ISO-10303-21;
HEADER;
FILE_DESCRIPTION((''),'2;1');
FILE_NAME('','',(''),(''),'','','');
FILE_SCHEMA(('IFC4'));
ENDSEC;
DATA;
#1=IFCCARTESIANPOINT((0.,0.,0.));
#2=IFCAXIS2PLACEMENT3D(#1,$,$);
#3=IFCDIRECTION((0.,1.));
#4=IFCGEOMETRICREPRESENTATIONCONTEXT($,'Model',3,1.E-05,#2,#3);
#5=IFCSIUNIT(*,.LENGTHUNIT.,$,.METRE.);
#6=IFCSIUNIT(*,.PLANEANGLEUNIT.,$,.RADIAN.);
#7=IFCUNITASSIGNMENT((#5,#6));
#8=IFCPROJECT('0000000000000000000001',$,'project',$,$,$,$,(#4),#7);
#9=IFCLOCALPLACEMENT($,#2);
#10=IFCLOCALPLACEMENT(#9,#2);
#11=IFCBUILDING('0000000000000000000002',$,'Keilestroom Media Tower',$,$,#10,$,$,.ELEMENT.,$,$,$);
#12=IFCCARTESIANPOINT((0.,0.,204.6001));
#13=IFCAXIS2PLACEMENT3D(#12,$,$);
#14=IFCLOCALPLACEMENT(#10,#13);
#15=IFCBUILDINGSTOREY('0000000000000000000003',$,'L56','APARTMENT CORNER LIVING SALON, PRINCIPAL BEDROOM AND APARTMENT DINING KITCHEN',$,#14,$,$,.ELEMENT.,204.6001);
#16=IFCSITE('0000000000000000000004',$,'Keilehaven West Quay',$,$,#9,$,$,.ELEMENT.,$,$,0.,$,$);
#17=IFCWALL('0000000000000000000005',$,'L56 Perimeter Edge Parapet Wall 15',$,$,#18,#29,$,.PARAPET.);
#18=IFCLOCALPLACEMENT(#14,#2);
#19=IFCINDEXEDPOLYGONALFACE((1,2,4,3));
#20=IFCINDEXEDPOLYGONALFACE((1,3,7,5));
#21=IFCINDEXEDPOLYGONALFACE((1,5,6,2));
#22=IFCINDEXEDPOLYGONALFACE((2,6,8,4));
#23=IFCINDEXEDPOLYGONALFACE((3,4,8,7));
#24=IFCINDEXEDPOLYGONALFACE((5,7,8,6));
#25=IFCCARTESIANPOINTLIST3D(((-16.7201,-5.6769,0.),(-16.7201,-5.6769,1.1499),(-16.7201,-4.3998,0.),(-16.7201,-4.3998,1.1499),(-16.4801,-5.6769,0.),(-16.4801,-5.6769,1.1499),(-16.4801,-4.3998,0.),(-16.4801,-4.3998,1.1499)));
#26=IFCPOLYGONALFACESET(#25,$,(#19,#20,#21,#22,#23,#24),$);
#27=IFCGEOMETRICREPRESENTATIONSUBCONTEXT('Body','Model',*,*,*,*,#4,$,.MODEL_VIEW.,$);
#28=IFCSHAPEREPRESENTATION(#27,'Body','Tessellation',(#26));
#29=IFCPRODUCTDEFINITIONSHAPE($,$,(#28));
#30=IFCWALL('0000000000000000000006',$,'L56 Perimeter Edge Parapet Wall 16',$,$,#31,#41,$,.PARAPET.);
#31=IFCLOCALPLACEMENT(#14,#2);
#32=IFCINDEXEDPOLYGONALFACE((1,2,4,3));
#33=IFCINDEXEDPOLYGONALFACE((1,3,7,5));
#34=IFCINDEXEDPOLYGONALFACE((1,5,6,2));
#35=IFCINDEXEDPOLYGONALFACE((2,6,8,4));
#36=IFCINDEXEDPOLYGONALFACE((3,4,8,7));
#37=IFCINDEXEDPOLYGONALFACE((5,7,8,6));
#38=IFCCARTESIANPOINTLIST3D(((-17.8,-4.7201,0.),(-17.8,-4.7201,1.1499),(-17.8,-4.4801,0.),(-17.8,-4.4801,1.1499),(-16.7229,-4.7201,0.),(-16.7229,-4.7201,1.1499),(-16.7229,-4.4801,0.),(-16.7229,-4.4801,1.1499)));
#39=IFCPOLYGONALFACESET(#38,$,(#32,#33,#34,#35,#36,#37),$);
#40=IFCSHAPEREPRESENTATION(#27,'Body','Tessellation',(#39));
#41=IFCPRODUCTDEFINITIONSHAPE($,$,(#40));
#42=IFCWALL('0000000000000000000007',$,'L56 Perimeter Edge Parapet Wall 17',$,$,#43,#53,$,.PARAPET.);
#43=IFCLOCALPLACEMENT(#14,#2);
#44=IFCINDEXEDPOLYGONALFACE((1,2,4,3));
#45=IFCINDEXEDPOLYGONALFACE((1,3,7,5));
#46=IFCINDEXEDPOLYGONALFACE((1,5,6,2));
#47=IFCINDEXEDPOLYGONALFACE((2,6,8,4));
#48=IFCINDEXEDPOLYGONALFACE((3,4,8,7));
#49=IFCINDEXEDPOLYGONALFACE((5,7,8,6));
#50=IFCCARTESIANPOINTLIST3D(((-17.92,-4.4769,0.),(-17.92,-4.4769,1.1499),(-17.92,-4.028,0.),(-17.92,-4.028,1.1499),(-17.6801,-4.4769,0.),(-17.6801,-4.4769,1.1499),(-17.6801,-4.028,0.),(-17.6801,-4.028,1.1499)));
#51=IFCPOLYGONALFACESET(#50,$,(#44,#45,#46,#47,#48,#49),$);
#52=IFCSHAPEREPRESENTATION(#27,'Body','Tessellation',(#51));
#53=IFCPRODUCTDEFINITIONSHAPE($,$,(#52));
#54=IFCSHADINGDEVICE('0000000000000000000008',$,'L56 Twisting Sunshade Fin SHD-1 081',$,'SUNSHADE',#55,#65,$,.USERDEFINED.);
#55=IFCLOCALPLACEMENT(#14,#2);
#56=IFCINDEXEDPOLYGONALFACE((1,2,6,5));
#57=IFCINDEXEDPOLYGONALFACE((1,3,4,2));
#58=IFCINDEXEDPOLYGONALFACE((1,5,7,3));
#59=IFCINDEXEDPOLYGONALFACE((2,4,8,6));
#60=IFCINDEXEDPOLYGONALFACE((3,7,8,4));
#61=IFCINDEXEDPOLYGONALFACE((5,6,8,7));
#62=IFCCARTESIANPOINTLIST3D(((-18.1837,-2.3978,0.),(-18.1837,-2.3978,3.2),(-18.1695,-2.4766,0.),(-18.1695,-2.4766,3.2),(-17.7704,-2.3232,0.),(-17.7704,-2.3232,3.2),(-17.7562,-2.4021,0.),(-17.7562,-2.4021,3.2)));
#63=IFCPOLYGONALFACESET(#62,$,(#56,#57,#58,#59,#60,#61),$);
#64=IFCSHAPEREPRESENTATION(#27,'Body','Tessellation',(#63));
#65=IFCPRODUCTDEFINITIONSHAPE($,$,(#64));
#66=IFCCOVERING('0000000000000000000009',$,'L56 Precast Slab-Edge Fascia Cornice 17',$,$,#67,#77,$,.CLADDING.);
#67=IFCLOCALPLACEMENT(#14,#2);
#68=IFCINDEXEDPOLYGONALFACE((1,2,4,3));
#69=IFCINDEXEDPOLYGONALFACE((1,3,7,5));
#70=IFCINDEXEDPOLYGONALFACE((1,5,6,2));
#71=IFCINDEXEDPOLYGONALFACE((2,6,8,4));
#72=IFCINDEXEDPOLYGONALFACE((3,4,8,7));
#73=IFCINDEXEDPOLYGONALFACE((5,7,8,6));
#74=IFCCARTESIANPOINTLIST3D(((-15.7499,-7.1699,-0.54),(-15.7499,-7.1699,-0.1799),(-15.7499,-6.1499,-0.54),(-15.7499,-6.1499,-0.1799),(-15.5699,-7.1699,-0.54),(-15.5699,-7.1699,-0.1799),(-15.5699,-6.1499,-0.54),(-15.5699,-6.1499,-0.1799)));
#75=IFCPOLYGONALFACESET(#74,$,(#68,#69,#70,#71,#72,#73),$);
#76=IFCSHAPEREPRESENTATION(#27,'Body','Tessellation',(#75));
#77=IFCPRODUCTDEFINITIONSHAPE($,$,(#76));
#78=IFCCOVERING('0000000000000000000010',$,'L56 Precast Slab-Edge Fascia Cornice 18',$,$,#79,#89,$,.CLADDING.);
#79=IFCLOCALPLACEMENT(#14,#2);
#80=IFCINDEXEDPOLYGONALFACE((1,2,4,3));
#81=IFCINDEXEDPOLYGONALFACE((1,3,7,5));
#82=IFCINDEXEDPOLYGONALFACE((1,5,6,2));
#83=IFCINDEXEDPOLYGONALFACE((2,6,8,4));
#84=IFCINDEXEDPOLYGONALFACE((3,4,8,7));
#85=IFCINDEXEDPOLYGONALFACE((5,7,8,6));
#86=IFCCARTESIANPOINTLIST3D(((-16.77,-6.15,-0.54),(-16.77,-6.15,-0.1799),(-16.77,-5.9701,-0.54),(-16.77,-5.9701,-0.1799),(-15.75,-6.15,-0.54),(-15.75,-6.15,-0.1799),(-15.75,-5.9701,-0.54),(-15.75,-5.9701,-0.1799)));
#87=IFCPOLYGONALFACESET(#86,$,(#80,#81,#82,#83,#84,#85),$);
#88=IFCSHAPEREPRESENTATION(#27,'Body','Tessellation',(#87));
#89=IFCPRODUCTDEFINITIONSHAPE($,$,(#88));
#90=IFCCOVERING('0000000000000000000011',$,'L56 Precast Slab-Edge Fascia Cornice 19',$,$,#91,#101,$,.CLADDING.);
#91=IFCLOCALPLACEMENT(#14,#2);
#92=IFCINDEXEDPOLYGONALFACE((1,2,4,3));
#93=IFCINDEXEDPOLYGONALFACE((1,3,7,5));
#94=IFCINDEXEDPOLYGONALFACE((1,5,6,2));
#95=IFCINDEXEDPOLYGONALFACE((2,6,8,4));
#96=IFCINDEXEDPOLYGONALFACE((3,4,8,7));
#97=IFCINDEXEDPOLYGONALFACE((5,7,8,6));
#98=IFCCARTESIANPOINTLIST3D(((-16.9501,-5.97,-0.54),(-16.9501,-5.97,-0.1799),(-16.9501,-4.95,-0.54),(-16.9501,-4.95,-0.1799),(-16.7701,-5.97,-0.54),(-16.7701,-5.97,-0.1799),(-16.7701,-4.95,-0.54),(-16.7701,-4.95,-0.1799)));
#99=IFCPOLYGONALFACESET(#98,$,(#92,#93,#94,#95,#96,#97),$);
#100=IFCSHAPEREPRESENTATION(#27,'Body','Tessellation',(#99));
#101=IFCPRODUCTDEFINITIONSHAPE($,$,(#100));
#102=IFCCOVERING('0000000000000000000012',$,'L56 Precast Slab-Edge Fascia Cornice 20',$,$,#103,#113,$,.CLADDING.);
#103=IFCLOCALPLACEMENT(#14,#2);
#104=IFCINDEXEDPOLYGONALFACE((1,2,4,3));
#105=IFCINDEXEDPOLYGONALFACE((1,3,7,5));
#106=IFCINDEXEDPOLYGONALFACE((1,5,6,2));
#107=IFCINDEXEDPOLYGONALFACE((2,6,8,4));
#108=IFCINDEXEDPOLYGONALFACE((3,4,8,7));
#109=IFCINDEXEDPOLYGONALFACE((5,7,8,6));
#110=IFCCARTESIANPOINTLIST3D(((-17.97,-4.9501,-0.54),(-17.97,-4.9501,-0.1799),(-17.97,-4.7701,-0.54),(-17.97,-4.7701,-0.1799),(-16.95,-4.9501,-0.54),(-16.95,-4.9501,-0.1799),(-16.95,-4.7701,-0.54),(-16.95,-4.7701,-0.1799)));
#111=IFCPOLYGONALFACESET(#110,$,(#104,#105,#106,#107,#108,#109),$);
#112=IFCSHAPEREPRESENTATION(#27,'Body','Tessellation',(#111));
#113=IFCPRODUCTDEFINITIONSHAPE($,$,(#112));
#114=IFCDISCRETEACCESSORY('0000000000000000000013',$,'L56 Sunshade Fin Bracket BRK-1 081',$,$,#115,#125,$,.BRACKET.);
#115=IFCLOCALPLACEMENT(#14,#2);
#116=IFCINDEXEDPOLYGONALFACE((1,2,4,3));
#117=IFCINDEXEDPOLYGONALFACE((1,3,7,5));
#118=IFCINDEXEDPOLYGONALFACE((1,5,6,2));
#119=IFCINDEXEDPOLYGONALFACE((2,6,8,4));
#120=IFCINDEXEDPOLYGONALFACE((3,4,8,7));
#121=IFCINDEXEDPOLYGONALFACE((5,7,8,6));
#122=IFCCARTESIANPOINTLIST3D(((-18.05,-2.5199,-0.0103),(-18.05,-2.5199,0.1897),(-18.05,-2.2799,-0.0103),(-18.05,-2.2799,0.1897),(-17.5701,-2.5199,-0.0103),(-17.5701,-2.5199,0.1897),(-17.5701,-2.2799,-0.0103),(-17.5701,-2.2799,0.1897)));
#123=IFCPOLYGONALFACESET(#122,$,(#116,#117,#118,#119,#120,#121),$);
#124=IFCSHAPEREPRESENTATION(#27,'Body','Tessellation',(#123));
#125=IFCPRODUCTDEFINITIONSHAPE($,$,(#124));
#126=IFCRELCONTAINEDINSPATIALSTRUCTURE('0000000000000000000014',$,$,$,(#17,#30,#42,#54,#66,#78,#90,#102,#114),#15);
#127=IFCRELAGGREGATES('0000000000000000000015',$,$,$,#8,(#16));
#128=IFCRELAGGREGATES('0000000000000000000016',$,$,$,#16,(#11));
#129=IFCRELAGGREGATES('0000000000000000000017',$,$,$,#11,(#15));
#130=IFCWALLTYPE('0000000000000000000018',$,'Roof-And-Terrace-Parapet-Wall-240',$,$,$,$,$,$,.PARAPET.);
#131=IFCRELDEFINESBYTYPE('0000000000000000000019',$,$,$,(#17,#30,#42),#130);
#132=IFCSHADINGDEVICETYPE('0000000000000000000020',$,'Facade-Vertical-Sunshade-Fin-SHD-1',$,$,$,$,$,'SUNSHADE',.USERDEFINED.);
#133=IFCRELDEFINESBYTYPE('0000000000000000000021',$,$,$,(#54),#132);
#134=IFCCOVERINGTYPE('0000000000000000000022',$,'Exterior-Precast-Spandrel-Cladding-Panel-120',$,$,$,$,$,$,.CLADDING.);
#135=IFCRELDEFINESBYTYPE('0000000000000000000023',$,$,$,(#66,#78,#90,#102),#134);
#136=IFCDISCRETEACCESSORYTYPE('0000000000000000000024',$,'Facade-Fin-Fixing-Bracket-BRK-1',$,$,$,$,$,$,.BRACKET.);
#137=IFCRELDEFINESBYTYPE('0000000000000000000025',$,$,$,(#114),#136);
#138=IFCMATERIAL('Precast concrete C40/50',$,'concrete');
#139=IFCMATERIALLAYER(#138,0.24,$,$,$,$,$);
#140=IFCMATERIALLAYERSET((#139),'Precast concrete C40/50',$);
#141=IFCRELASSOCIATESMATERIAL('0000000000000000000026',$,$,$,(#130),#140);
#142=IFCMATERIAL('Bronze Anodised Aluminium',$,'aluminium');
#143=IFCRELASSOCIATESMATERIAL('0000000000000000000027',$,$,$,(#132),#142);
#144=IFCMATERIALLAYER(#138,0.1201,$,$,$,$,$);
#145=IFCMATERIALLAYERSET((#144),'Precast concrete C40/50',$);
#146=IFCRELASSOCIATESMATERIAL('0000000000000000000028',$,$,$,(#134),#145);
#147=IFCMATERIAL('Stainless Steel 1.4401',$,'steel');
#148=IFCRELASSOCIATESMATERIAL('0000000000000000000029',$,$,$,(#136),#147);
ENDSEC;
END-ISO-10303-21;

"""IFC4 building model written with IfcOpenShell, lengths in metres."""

from ifc_helpers import new_model, si_unit, direction, frame, frame_2d, origin, origin_2d, place, context, subcontext, project, spatial, rectangle, extrude, source, transform, mapped, material, layer, layer_set, type_object, element, save


model = new_model("IFC4")

# Units and contexts
model_context = context("Model", 3, precision=1e-05, world=origin(), true_north=direction((0.0, 1.0)))
body_context = subcontext(model_context, "Body", "Model", "MODEL_VIEW")
ifc_project = project(units=[si_unit("LENGTHUNIT", "METRE"), si_unit("PLANEANGLEUNIT", "RADIAN")], contexts=[model_context])

# Site, building, storey
site_placement = place(None, origin())
site = spatial("IfcSite", under=ifc_project, at=site_placement, Name="Keilehaven West Quay", CompositionType="ELEMENT", RefElevation=0.0)
building_placement = place(site_placement, origin())
building = spatial("IfcBuilding", under=site, at=building_placement, Name="Keilestroom Media Tower", CompositionType="ELEMENT")
storey_placement = place(building_placement, frame((0.0, 0.0, 204.6001)))
storey = spatial("IfcBuildingStorey", under=building, at=storey_placement, Name="L56", Description="APARTMENT CORNER LIVING SALON, PRINCIPAL BEDROOM AND APARTMENT DINING KITCHEN", CompositionType="ELEMENT", Elevation=204.6001)

# Shared definitions
ifc_material_1 = material(Name="Precast concrete C40/50", Category="concrete")

# Walls
ifc_layer_1 = layer(ifc_material_1, 0.24)
ifc_layer_set_1 = layer_set([ifc_layer_1], Name="Precast concrete C40/50")
wall_type = type_object("IfcWallType", Name="Roof-And-Terrace-Parapet-Wall-240", PredefinedType="PARAPET", material=ifc_layer_set_1)
wall_1_placement = place(storey_placement, frame((-16.6001, -5.677, 0.0), z_axis=(0.0, 0.0, 1.0), x_axis=(0.0, 1.0, 0.0)))
element("IfcWall", 1, at=wall_1_placement, inside=storey, type_object=wall_type, Name="L56 Perimeter Edge Parapet Wall 15", PredefinedType="PARAPET", context=body_context, shape_type="SweptSolid", body=[
    extrude(rectangle(XDim=1.2771, YDim=0.24, at=frame_2d((0.6387, 0.0))), origin(), (0.0, 0.0, 1.0), 1.1499),
])
wall_2_placement = place(storey_placement, frame((-16.7229, -4.6001, 0.0), z_axis=(0.0, 0.0, 1.0), x_axis=(-1.0, 0.0, 0.0)))
element("IfcWall", 2, at=wall_2_placement, inside=storey, type_object=wall_type, Name="L56 Perimeter Edge Parapet Wall 16", PredefinedType="PARAPET", context=body_context, shape_type="SweptSolid", body=[
    extrude(rectangle(XDim=1.0771, YDim=0.24, at=frame_2d((0.5386, 0.0))), origin(), (0.0, 0.0, 1.0), 1.1499),
])
wall_3_placement = place(storey_placement, frame((-17.8, -4.4771, 0.0), z_axis=(0.0, 0.0, 1.0), x_axis=(0.0, 1.0, 0.0)))
element("IfcWall", 3, at=wall_3_placement, inside=storey, type_object=wall_type, Name="L56 Perimeter Edge Parapet Wall 17", PredefinedType="PARAPET", context=body_context, shape_type="SweptSolid", body=[
    extrude(rectangle(XDim=0.449, YDim=0.24, at=frame_2d((0.2246, 0.0))), origin(), (0.0, 0.0, 1.0), 1.1499),
])

# Shading device
ifc_material_2 = material(Name="Bronze Anodised Aluminium", Category="aluminium")
shading_device_type = type_object("IfcShadingDeviceType", Name="Facade-Vertical-Sunshade-Fin-SHD-1", ElementType="SUNSHADE", PredefinedType="USERDEFINED", material=ifc_material_2)
shared_shape_1 = source(origin(), body_context, "Body", "SweptSolid", [
    extrude(rectangle(XDim=0.4199, YDim=0.0801, at=origin_2d()), origin(), (0.0, 0.0, 1.0), 3.2),
])
shading_device_placement = place(storey_placement, frame((-17.97, -2.3999, 0.0), z_axis=(0.0, 0.0, 1.0), x_axis=(0.984134, 0.177428, 0.0)))
element("IfcShadingDevice", 4, at=shading_device_placement, inside=storey, type_object=shading_device_type, Name="L56 Twisting Sunshade Fin SHD-1 081", ObjectType="SUNSHADE", PredefinedType="USERDEFINED", context=body_context, shape_type="MappedRepresentation", body=[
    mapped(shared_shape_1, transform((0.0, 0.0, 0.0), x_axis=(1.0, 0.0, 0.0), y_axis=(0.0, 1.0, 0.0), z_axis=(0.0, 0.0, 1.0), scale=1.0)),
])

# Coverings
ifc_layer_2 = layer(ifc_material_1, 0.1201)
ifc_layer_set_2 = layer_set([ifc_layer_2], Name="Precast concrete C40/50")
covering_type = type_object("IfcCoveringType", Name="Exterior-Precast-Spandrel-Cladding-Panel-120", PredefinedType="CLADDING", material=ifc_layer_set_2)
shared_shape_2 = source(origin(), body_context, "Body", "SweptSolid", [
    extrude(rectangle(XDim=1.02, YDim=0.1799, at=origin_2d()), origin(), (0.0, 0.0, 1.0), 0.3601),
])
for number, where, z_axis, x_axis, name in (
    (5, (-15.6599, -6.6599, -0.54), (0.0, 0.0, 1.0), (0.0, 1.0, 0.0), "L56 Precast Slab-Edge Fascia Cornice 17"),
    (6, (-16.26, -6.0601, -0.54), (0.0, 0.0, 1.0), (-1.0, 0.0, 0.0), "L56 Precast Slab-Edge Fascia Cornice 18"),
    (7, (-16.8601, -5.46, -0.54), (0.0, 0.0, 1.0), (0.0, 1.0, 0.0), "L56 Precast Slab-Edge Fascia Cornice 19"),
    (8, (-17.46, -4.8601, -0.54), (0.0, 0.0, 1.0), (-1.0, 0.0, 0.0), "L56 Precast Slab-Edge Fascia Cornice 20"),
):
    element("IfcCovering", number, at=place(storey_placement, frame(where, z_axis=z_axis, x_axis=x_axis)), inside=storey, type_object=covering_type, Name=name, PredefinedType="CLADDING", context=body_context, shape_type="MappedRepresentation", body=[
        mapped(shared_shape_2, transform((0.0, 0.0, 0.0), x_axis=(1.0, 0.0, 0.0), y_axis=(0.0, 1.0, 0.0), z_axis=(0.0, 0.0, 1.0), scale=1.0)),
    ])

# Discrete accessory
ifc_material_3 = material(Name="Stainless Steel 1.4401", Category="steel")
discrete_accessory_type = type_object("IfcDiscreteAccessoryType", Name="Facade-Fin-Fixing-Bracket-BRK-1", PredefinedType="BRACKET", material=ifc_material_3)
shared_shape_3 = source(origin(), body_context, "Body", "SweptSolid", [
    extrude(rectangle(XDim=0.48, YDim=0.24, at=origin_2d()), origin(), (0.0, 0.0, 1.0), 0.2),
])
discrete_accessory_placement = place(storey_placement, frame((-17.8101, -2.3999, -0.0103), z_axis=(0.0, 0.0, 1.0), x_axis=(1.0, 0.0, 0.0)))
element("IfcDiscreteAccessory", 9, at=discrete_accessory_placement, inside=storey, type_object=discrete_accessory_type, Name="L56 Sunshade Fin Bracket BRK-1 081", PredefinedType="BRACKET", context=body_context, shape_type="MappedRepresentation", body=[
    mapped(shared_shape_3, transform((0.0, 0.0, 0.0), x_axis=(1.0, 0.0, 0.0), y_axis=(0.0, 1.0, 0.0), z_axis=(0.0, 0.0, 1.0), scale=1.0)),
])

save(model, "model.ifc")
